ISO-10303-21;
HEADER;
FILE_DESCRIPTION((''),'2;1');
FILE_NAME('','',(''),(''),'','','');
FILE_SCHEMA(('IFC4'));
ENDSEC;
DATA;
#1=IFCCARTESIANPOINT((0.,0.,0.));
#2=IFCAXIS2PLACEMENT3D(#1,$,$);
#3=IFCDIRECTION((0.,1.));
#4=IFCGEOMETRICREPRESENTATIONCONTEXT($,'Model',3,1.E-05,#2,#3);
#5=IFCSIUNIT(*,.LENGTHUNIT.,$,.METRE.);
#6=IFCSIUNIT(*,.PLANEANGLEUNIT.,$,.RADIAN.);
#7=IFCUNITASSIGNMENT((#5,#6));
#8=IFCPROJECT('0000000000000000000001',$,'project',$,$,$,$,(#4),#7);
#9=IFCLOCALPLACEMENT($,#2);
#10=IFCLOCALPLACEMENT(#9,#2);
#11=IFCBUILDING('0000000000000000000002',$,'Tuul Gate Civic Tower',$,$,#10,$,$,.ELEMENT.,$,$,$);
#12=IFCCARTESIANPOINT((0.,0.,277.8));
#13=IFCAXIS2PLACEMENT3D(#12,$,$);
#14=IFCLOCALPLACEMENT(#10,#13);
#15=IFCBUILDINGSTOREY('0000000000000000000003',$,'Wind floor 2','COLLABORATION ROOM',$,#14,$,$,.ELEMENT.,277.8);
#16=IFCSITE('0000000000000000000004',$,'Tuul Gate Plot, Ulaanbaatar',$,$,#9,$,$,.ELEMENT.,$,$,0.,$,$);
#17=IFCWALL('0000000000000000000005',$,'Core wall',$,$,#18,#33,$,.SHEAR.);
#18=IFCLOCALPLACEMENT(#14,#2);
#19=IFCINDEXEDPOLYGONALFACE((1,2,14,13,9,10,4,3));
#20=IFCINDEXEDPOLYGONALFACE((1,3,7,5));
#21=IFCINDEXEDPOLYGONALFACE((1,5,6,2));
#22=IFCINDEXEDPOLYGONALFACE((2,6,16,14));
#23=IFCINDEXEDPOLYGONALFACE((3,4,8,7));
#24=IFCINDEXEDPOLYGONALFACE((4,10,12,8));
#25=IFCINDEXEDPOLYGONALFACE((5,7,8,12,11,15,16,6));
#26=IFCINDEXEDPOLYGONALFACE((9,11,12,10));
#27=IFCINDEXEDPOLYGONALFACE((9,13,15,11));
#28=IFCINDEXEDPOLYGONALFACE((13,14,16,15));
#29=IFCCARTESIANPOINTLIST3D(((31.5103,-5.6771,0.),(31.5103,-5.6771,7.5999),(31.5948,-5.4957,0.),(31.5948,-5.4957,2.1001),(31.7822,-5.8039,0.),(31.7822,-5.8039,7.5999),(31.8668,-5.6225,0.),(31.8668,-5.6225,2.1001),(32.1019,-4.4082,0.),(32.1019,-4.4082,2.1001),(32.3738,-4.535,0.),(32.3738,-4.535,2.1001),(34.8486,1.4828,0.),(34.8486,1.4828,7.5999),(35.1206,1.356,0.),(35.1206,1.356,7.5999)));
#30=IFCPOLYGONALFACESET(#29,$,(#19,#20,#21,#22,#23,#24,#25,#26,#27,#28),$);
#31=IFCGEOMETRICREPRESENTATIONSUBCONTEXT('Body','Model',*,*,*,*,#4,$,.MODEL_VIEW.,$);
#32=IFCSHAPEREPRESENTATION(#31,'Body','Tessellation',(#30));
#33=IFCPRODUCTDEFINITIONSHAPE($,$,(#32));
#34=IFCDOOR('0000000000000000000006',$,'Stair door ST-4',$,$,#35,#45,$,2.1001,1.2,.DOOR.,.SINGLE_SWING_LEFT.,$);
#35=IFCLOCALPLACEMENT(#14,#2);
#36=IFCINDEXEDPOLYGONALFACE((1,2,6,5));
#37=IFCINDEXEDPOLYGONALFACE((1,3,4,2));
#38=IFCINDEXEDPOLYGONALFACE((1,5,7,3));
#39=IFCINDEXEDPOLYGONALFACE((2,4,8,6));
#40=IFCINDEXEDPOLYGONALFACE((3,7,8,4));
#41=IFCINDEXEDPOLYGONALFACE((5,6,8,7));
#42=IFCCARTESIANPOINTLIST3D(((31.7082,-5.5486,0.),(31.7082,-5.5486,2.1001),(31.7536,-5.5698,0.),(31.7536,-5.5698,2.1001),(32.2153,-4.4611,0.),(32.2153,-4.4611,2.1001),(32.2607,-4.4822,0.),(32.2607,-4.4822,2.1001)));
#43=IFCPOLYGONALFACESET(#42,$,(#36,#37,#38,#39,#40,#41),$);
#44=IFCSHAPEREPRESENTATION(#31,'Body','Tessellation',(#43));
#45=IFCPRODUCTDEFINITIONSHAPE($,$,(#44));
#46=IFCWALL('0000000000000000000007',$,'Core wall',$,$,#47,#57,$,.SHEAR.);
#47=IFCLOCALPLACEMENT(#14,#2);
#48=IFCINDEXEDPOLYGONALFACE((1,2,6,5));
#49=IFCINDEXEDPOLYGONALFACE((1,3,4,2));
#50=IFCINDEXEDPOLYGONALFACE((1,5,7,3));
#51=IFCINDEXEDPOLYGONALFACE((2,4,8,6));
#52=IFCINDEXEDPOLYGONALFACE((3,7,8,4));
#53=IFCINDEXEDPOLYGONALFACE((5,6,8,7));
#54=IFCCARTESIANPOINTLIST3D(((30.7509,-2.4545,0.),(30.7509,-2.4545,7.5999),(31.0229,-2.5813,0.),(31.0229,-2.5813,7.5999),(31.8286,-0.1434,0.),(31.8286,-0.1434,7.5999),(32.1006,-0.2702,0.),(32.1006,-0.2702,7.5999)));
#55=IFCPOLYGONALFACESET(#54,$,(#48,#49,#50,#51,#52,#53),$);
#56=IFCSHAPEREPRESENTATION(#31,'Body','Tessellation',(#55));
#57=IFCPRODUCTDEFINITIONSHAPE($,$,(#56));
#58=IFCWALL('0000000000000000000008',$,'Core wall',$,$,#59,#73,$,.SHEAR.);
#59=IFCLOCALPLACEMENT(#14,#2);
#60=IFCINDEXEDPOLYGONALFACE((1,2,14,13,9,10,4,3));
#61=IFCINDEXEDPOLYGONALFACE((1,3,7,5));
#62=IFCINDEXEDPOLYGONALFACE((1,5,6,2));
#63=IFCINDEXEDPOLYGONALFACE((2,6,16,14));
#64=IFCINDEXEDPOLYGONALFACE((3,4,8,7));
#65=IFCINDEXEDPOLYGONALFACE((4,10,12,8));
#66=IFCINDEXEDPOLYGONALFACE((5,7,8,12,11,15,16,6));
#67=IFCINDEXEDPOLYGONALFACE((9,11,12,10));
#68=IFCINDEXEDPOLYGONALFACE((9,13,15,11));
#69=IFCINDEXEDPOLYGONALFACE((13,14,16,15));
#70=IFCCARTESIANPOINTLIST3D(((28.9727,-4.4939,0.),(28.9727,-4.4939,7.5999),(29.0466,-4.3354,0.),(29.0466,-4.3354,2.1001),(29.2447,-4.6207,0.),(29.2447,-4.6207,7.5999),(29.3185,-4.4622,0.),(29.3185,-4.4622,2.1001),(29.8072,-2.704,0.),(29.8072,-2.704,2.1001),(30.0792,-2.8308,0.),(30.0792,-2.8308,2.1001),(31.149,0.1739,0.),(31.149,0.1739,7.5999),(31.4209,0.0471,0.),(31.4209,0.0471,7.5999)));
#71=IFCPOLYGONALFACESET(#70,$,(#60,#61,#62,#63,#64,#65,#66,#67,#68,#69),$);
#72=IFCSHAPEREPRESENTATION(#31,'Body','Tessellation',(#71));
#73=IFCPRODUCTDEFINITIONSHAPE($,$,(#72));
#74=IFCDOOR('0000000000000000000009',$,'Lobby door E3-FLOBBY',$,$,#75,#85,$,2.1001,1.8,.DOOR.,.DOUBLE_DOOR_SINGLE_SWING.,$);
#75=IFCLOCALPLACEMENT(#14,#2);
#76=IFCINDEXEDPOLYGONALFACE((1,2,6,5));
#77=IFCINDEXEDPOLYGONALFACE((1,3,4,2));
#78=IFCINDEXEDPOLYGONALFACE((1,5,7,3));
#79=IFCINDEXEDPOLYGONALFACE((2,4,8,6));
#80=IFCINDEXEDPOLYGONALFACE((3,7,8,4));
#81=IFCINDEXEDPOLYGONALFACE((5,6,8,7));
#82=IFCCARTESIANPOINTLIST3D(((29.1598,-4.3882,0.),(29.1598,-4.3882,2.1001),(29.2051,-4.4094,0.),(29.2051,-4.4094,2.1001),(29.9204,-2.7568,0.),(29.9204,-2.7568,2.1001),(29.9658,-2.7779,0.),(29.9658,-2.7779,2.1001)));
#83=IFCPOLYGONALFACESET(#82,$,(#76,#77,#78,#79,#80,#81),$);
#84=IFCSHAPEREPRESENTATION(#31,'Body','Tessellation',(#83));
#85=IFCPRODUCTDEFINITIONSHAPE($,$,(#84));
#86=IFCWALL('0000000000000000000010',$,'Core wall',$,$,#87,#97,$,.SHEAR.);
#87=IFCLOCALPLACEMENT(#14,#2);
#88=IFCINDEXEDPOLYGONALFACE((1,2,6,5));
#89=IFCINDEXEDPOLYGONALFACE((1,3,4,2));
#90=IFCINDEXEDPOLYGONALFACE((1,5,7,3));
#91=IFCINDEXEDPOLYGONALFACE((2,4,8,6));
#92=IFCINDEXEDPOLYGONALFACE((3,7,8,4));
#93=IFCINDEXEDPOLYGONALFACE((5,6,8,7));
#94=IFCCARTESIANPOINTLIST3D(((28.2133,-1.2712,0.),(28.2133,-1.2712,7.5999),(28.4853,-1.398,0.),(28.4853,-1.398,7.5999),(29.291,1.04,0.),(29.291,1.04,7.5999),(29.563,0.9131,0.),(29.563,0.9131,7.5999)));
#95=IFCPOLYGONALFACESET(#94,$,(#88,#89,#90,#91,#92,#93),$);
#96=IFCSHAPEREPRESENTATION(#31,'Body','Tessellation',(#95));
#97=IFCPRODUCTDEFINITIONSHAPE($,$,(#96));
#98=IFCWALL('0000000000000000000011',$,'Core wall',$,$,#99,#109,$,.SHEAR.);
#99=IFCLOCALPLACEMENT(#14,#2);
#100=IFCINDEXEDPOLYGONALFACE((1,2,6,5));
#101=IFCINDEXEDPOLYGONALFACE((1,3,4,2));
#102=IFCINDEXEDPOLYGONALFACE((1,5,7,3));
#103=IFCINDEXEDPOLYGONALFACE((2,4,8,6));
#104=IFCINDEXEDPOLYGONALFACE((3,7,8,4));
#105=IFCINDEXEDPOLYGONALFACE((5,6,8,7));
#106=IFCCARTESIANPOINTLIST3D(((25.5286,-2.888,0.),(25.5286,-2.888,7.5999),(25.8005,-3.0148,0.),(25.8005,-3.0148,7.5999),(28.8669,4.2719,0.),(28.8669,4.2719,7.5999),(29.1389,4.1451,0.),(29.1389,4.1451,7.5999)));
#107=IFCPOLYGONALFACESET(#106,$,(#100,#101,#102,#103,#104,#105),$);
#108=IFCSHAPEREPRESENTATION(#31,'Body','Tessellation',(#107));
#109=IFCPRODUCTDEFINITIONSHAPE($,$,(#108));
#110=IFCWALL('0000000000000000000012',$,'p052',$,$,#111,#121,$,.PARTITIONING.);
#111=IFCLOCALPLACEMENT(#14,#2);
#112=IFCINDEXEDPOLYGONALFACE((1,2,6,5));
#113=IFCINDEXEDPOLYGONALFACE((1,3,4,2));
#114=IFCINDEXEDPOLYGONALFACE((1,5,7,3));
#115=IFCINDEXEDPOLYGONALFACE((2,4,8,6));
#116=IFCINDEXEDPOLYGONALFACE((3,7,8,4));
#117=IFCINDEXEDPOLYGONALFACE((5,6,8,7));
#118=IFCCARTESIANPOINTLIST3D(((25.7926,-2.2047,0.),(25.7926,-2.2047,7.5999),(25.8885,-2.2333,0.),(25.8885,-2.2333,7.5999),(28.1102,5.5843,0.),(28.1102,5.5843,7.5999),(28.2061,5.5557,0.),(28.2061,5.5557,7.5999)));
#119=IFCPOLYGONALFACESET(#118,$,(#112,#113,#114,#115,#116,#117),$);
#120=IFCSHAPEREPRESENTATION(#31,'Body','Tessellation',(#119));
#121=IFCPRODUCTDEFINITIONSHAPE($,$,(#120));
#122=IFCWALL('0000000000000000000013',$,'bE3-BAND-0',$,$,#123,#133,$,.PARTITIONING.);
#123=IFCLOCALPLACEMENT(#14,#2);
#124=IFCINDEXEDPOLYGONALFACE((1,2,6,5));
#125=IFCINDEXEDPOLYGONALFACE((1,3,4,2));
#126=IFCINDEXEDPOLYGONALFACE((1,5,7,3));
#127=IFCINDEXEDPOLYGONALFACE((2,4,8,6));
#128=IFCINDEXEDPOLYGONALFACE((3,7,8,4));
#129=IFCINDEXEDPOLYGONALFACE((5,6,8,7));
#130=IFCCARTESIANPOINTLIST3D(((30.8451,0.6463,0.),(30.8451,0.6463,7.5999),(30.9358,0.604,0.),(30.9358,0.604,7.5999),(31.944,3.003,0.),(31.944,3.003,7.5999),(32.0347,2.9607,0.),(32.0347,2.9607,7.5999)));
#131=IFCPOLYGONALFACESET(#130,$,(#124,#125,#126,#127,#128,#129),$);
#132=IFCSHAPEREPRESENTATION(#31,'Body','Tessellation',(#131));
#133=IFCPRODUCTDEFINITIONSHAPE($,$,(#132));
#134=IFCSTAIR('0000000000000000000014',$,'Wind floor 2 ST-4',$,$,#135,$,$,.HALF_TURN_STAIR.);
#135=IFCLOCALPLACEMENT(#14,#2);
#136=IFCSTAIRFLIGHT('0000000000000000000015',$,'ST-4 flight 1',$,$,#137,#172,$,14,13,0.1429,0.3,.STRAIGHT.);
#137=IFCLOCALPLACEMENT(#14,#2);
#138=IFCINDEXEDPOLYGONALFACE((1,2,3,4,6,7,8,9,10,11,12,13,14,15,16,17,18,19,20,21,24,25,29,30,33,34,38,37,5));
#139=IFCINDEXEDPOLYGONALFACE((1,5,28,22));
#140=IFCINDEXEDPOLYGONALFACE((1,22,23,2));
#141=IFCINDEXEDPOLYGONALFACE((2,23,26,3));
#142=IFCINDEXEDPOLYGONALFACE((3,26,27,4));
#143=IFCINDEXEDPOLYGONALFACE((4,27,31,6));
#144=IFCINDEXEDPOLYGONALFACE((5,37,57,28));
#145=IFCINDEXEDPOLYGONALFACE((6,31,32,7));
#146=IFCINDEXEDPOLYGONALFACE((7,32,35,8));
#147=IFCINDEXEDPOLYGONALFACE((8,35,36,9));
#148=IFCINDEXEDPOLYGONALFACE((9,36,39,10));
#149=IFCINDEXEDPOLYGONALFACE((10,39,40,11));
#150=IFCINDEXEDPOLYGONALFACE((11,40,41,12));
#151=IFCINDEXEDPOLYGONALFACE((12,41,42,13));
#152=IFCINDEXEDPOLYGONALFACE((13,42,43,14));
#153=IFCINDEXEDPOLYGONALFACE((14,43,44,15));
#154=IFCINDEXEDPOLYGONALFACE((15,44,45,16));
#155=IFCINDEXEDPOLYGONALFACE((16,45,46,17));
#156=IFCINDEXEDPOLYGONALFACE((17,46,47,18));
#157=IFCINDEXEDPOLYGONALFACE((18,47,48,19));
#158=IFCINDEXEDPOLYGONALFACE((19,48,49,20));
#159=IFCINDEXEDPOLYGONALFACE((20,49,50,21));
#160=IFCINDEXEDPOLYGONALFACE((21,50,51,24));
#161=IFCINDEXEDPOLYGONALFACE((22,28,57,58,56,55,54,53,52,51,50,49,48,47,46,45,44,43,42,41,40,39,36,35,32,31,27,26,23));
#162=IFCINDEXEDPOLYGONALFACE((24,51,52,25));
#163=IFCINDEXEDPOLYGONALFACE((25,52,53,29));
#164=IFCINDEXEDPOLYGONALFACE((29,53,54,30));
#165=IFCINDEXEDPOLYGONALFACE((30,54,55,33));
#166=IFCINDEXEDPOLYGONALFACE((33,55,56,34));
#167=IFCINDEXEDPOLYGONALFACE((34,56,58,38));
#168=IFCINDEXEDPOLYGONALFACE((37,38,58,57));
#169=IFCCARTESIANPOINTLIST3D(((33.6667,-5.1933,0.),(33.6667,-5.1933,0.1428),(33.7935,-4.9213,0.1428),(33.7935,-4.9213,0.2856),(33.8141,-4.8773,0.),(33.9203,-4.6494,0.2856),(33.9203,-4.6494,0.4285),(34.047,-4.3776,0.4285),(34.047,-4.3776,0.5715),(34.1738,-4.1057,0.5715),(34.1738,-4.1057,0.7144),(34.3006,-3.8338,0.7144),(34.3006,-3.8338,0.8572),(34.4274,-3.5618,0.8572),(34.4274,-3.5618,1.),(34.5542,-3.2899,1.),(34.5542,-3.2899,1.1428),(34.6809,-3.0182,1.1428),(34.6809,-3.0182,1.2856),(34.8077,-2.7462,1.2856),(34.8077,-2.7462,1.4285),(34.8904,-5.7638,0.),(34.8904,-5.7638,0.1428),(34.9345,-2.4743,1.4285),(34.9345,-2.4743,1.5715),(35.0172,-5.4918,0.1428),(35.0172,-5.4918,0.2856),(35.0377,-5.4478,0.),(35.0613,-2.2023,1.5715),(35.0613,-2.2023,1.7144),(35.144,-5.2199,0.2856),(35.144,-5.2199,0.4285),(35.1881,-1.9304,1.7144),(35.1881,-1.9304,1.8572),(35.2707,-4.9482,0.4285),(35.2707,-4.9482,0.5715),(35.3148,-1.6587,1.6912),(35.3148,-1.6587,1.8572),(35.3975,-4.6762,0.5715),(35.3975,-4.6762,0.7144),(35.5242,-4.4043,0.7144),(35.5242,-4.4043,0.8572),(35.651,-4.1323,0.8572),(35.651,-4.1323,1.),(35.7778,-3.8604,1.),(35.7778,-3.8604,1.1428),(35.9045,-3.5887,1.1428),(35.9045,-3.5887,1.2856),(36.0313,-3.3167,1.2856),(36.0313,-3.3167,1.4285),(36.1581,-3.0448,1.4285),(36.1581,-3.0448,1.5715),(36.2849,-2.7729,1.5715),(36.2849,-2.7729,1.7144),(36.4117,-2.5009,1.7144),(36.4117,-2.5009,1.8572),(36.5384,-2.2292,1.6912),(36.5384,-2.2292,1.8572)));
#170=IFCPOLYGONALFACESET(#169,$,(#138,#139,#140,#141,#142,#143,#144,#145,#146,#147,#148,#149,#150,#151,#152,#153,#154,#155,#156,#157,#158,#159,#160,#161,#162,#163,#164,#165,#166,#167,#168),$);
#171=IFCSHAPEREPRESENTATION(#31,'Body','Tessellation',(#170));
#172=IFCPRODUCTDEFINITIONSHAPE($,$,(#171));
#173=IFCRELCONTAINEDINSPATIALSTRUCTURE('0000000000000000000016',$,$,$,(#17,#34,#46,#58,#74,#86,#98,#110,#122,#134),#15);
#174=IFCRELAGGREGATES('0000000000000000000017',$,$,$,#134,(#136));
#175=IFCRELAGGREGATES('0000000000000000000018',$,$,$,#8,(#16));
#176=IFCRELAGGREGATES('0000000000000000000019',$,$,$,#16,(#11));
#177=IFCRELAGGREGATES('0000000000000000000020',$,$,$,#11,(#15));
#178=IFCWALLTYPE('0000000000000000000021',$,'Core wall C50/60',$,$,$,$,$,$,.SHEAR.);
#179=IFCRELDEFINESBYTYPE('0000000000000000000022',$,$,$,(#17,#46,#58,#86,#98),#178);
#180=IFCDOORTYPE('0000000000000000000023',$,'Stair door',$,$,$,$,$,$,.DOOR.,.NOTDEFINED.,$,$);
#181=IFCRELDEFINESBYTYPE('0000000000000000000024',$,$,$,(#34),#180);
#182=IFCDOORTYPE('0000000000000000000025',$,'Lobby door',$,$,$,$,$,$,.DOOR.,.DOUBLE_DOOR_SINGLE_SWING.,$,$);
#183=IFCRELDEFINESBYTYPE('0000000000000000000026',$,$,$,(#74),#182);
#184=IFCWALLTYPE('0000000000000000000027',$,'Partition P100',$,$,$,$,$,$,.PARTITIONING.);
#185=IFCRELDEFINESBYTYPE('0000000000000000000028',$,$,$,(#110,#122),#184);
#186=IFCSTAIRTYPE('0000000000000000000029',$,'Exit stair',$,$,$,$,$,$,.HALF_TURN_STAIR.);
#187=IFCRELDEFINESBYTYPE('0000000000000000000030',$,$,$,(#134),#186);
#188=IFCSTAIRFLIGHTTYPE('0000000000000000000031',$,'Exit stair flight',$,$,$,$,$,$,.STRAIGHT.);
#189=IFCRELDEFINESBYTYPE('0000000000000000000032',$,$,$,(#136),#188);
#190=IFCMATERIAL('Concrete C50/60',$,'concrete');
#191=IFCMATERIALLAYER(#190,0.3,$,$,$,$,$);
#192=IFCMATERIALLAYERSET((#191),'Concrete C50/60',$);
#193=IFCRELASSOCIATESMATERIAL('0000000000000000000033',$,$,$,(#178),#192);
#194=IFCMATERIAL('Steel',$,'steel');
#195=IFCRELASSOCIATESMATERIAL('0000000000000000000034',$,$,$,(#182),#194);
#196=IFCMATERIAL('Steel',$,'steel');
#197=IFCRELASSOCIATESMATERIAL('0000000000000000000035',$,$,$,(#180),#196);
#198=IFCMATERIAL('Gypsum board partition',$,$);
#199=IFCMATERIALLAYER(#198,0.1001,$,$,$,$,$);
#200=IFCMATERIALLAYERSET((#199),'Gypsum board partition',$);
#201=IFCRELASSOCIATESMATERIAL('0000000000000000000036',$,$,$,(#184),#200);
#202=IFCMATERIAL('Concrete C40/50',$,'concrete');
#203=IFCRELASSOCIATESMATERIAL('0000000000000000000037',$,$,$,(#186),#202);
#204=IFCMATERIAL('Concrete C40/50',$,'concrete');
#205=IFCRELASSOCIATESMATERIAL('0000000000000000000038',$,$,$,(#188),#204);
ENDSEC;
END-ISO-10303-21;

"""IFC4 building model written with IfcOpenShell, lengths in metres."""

from ifc_helpers import new_model, si_unit, direction, frame, frame_2d, origin, place, context, subcontext, project, spatial, polyline, rectangle, outline, extrude, material, layer, layer_set, type_object, element, fill, aggregate, save


model = new_model("IFC4")

# Units and contexts
model_context = context("Model", 3, precision=1e-05, world=origin(), true_north=direction((0.0, 1.0)))
body_context = subcontext(model_context, "Body", "Model", "MODEL_VIEW")
ifc_project = project(units=[si_unit("LENGTHUNIT", "METRE"), si_unit("PLANEANGLEUNIT", "RADIAN")], contexts=[model_context])

# Site, building, storey
site_placement = place(None, origin())
site = spatial("IfcSite", under=ifc_project, at=site_placement, Name="Tuul Gate Plot, Ulaanbaatar", CompositionType="ELEMENT", RefElevation=0.0)
building_placement = place(site_placement, origin())
building = spatial("IfcBuilding", under=site, at=building_placement, Name="Tuul Gate Civic Tower", CompositionType="ELEMENT")
storey_placement = place(building_placement, frame((0.0, 0.0, 277.8)))
storey = spatial("IfcBuildingStorey", under=building, at=storey_placement, Name="Wind floor 2", Description="COLLABORATION ROOM", CompositionType="ELEMENT", Elevation=277.8)

# Shared definitions
ifc_material_1 = material(Name="Concrete C50/60", Category="concrete")
ifc_layer_1 = layer(ifc_material_1, 0.3)
ifc_layer_set_1 = layer_set([ifc_layer_1], Name="Concrete C50/60")
wall_type_1 = type_object("IfcWallType", Name="Core wall C50/60", PredefinedType="SHEAR", material=ifc_layer_set_1)
ifc_material_2 = material(Name="Steel", Category="steel")
door_type_1 = type_object("IfcDoorType", Name="Lobby door", OperationType="DOUBLE_DOOR_SINGLE_SWING", PredefinedType="DOOR", material=ifc_material_2)

# Wall, opening, door
wall_1_placement = place(storey_placement, frame((31.6462, -5.7405, 0.0), z_axis=(0.0, 0.0, 1.0), x_axis=(0.422583, 0.906324, 0.0)))
wall_1 = element("IfcWall", 1, at=wall_1_placement, inside=storey, type_object=wall_type_1, Name="Core wall", PredefinedType="SHEAR", context=body_context, shape_type="SweptSolid", body=[
    extrude(rectangle(XDim=7.8999, YDim=0.3, at=frame_2d((3.95, 0.0))), origin(), (0.0, 0.0, 1.0), 7.5999),
])
opening_1_placement = place(wall_1_placement, frame((0.2, 0.0, 0.0)))
opening_1 = element("IfcOpeningElement", 2, at=opening_1_placement, cuts=wall_1, PredefinedType="OPENING", context=body_context, shape_type="SweptSolid", body=[
    extrude(rectangle(XDim=1.2, YDim=2.1001, at=frame_2d((0.6001, 1.05))), frame((0.0, 0.1602, 0.0), z_axis=(0.0, -1.0, 0.0), x_axis=(1.0, 0.0, 0.0)), (0.0, 0.0, 1.0), 0.3201),
])
ifc_material_3 = material(Name="Steel", Category="steel")
door_type_2 = type_object("IfcDoorType", Name="Stair door", OperationType="NOTDEFINED", PredefinedType="DOOR", material=ifc_material_3)
door_1_placement = place(opening_1_placement, origin())
door_1 = element("IfcDoor", 3, at=door_1_placement, inside=storey, type_object=door_type_2, Name="Stair door ST-4", OperationType="SINGLE_SWING_LEFT", OverallHeight=2.1001, OverallWidth=1.2, PredefinedType="DOOR", context=body_context, shape_type="SweptSolid", body=[
    extrude(rectangle(XDim=1.2, YDim=2.1001, at=frame_2d((0.6001, 1.05))), frame((0.0, 0.0249, 0.0), z_axis=(0.0, -1.0, 0.0), x_axis=(1.0, 0.0, 0.0)), (0.0, 0.0, 1.0), 0.05),
])
fill(opening_1, door_1)

# Wall
wall_2_placement = place(storey_placement, frame((30.887, -2.5178, 0.0), z_axis=(0.0, 0.0, 1.0), x_axis=(0.422613, 0.90631, 0.0)))
element("IfcWall", 4, at=wall_2_placement, inside=storey, type_object=wall_type_1, Name="Core wall", PredefinedType="SHEAR", context=body_context, shape_type="SweptSolid", body=[
    extrude(rectangle(XDim=2.55, YDim=0.3, at=frame_2d((1.2749, 0.0))), origin(), (0.0, 0.0, 1.0), 7.5999),
])

# Wall, opening, door
wall_3_placement = place(storey_placement, frame((29.1086, -4.5574, 0.0), z_axis=(0.0, 0.0, 1.0), x_axis=(0.422566, 0.906332, 0.0)))
wall_3 = element("IfcWall", 5, at=wall_3_placement, inside=storey, type_object=wall_type_1, Name="Core wall", PredefinedType="SHEAR", context=body_context, shape_type="SweptSolid", body=[
    extrude(rectangle(XDim=5.1501, YDim=0.3, at=frame_2d((2.5752, 0.0))), origin(), (0.0, 0.0, 1.0), 7.5999),
])
opening_2_placement = place(wall_3_placement, frame((0.175, 0.0, 0.0)))
opening_2 = element("IfcOpeningElement", 6, at=opening_2_placement, cuts=wall_3, PredefinedType="OPENING", context=body_context, shape_type="SweptSolid", body=[
    extrude(rectangle(XDim=1.8, YDim=2.1001, at=frame_2d((0.8999, 1.05))), frame((0.0, 0.1602, 0.0), z_axis=(0.0, -1.0, 0.0), x_axis=(1.0, 0.0, 0.0)), (0.0, 0.0, 1.0), 0.3201),
])
door_2_placement = place(opening_2_placement, frame((1.8, 0.0, 0.0), z_axis=(0.0, 0.0, 1.0), x_axis=(-1.0, 0.0, 0.0)))
door_2 = element("IfcDoor", 7, at=door_2_placement, inside=storey, type_object=door_type_1, Name="Lobby door E3-FLOBBY", OperationType="DOUBLE_DOOR_SINGLE_SWING", OverallHeight=2.1001, OverallWidth=1.8, PredefinedType="DOOR", context=body_context, shape_type="SweptSolid", body=[
    extrude(rectangle(XDim=1.8, YDim=2.1001, at=frame_2d((0.9001, 1.05))), frame((0.0, 0.0249, 0.0), z_axis=(0.0, -1.0, 0.0), x_axis=(1.0, 0.0, 0.0)), (0.0, 0.0, 1.0), 0.05),
])
fill(opening_2, door_2)

# Walls
wall_4_placement = place(storey_placement, frame((28.3494, -1.3345, 0.0), z_axis=(0.0, 0.0, 1.0), x_axis=(0.422613, 0.90631, 0.0)))
element("IfcWall", 8, at=wall_4_placement, inside=storey, type_object=wall_type_1, Name="Core wall", PredefinedType="SHEAR", context=body_context, shape_type="SweptSolid", body=[
    extrude(rectangle(XDim=2.55, YDim=0.3, at=frame_2d((1.2749, 0.0))), origin(), (0.0, 0.0, 1.0), 7.5999),
])
wall_5_placement = place(storey_placement, frame((25.6646, -2.9514, 0.0), z_axis=(0.0, 0.0, 1.0), x_axis=(0.422583, 0.906324, 0.0)))
element("IfcWall", 9, at=wall_5_placement, inside=storey, type_object=wall_type_1, Name="Core wall", PredefinedType="SHEAR", context=body_context, shape_type="SweptSolid", body=[
    extrude(rectangle(XDim=7.8999, YDim=0.3, at=frame_2d((3.95, 0.0))), origin(), (0.0, 0.0, 1.0), 7.5999),
])
ifc_material_4 = material(Name="Gypsum board partition")
ifc_layer_2 = layer(ifc_material_4, 0.1001)
ifc_layer_set_2 = layer_set([ifc_layer_2], Name="Gypsum board partition")
wall_type_2 = type_object("IfcWallType", Name="Partition P100", PredefinedType="PARTITIONING", material=ifc_layer_set_2)
wall_6_placement = place(storey_placement, frame((25.8406, -2.219, 0.0), z_axis=(0.0, 0.0, 1.0), x_axis=(0.285192, 0.95847, 0.0)))
element("IfcWall", 10, at=wall_6_placement, inside=storey, type_object=wall_type_2, Name="p052", PredefinedType="PARTITIONING", context=body_context, shape_type="SweptSolid", body=[
    extrude(rectangle(XDim=8.1265, YDim=0.1001, at=frame_2d((4.0632, 0.0))), origin(), (0.0, 0.0, 1.0), 7.5999),
])
wall_7_placement = place(storey_placement, frame((30.8904, 0.625, 0.0), z_axis=(0.0, 0.0, 1.0), x_axis=(0.422598, 0.906317, 0.0)))
element("IfcWall", 11, at=wall_7_placement, inside=storey, type_object=wall_type_2, Name="bE3-BAND-0", PredefinedType="PARTITIONING", context=body_context, shape_type="SweptSolid", body=[
    extrude(rectangle(XDim=2.6003, YDim=0.1001, at=frame_2d((1.3003, 0.0))), origin(), (0.0, 0.0, 1.0), 7.5999),
])

# Stair, stair flight
ifc_material_5 = material(Name="Concrete C40/50", Category="concrete")
stair_type = type_object("IfcStairType", Name="Exit stair", PredefinedType="HALF_TURN_STAIR", material=ifc_material_5)
stair_placement = place(storey_placement, origin())
stair = element("IfcStair", 12, at=stair_placement, inside=storey, type_object=stair_type, Name="Wind floor 2 ST-4", PredefinedType="HALF_TURN_STAIR")
ifc_material_6 = material(Name="Concrete C40/50", Category="concrete")
stair_flight_type = type_object("IfcStairFlightType", Name="Exit stair flight", PredefinedType="STRAIGHT", material=ifc_material_6)
stair_flight_1_placement = place(storey_placement, frame((34.2786, -5.4785, 0.0), z_axis=(0.0, 0.0, 1.0), x_axis=(0.422576, 0.906327, 0.0)))
stair_flight_1 = element("IfcStairFlight", 13, at=stair_flight_1_placement, type_object=stair_flight_type, Name="ST-4 flight 1", NumberOfRisers=14, NumberOfTreads=13, PredefinedType="STRAIGHT", RiserHeight=0.1429, TreadLength=0.3, context=body_context, shape_type="SweptSolid", body=[
    extrude(outline(polyline([(0.0, 0.0), (0.0, 0.1428), (0.3, 0.1428), (0.3, 0.2856), (0.6001, 0.2856), (0.6001, 0.4285), (0.8999, 0.4285), (0.8999, 0.5715), (1.2, 0.5715), (1.2, 0.7144), (1.5, 0.7144), (1.5, 0.8572), (1.8, 0.8572), (1.8, 1.0), (2.1001, 1.0), (2.1001, 1.1428), (2.3999, 1.1428), (2.3999, 1.2856), (2.7, 1.2856), (2.7, 1.4285), (3.0, 1.4285), (3.0, 1.5715), (3.3, 1.5715), (3.3, 1.7144), (3.6001, 1.7144), (3.6001, 1.8572), (3.8999, 1.8572), (3.8999, 2.0), (3.8999, 1.6912), (0.3486, 0.0), (0.0, 0.0)])), frame((0.0, 0.675, 0.0), z_axis=(0.0, -1.0, 0.0), x_axis=(1.0, 0.0, 0.0)), (0.0, 0.0, 1.0), 1.3501),
])
aggregate(stair, [stair_flight_1])

save(model, "model.ifc")
